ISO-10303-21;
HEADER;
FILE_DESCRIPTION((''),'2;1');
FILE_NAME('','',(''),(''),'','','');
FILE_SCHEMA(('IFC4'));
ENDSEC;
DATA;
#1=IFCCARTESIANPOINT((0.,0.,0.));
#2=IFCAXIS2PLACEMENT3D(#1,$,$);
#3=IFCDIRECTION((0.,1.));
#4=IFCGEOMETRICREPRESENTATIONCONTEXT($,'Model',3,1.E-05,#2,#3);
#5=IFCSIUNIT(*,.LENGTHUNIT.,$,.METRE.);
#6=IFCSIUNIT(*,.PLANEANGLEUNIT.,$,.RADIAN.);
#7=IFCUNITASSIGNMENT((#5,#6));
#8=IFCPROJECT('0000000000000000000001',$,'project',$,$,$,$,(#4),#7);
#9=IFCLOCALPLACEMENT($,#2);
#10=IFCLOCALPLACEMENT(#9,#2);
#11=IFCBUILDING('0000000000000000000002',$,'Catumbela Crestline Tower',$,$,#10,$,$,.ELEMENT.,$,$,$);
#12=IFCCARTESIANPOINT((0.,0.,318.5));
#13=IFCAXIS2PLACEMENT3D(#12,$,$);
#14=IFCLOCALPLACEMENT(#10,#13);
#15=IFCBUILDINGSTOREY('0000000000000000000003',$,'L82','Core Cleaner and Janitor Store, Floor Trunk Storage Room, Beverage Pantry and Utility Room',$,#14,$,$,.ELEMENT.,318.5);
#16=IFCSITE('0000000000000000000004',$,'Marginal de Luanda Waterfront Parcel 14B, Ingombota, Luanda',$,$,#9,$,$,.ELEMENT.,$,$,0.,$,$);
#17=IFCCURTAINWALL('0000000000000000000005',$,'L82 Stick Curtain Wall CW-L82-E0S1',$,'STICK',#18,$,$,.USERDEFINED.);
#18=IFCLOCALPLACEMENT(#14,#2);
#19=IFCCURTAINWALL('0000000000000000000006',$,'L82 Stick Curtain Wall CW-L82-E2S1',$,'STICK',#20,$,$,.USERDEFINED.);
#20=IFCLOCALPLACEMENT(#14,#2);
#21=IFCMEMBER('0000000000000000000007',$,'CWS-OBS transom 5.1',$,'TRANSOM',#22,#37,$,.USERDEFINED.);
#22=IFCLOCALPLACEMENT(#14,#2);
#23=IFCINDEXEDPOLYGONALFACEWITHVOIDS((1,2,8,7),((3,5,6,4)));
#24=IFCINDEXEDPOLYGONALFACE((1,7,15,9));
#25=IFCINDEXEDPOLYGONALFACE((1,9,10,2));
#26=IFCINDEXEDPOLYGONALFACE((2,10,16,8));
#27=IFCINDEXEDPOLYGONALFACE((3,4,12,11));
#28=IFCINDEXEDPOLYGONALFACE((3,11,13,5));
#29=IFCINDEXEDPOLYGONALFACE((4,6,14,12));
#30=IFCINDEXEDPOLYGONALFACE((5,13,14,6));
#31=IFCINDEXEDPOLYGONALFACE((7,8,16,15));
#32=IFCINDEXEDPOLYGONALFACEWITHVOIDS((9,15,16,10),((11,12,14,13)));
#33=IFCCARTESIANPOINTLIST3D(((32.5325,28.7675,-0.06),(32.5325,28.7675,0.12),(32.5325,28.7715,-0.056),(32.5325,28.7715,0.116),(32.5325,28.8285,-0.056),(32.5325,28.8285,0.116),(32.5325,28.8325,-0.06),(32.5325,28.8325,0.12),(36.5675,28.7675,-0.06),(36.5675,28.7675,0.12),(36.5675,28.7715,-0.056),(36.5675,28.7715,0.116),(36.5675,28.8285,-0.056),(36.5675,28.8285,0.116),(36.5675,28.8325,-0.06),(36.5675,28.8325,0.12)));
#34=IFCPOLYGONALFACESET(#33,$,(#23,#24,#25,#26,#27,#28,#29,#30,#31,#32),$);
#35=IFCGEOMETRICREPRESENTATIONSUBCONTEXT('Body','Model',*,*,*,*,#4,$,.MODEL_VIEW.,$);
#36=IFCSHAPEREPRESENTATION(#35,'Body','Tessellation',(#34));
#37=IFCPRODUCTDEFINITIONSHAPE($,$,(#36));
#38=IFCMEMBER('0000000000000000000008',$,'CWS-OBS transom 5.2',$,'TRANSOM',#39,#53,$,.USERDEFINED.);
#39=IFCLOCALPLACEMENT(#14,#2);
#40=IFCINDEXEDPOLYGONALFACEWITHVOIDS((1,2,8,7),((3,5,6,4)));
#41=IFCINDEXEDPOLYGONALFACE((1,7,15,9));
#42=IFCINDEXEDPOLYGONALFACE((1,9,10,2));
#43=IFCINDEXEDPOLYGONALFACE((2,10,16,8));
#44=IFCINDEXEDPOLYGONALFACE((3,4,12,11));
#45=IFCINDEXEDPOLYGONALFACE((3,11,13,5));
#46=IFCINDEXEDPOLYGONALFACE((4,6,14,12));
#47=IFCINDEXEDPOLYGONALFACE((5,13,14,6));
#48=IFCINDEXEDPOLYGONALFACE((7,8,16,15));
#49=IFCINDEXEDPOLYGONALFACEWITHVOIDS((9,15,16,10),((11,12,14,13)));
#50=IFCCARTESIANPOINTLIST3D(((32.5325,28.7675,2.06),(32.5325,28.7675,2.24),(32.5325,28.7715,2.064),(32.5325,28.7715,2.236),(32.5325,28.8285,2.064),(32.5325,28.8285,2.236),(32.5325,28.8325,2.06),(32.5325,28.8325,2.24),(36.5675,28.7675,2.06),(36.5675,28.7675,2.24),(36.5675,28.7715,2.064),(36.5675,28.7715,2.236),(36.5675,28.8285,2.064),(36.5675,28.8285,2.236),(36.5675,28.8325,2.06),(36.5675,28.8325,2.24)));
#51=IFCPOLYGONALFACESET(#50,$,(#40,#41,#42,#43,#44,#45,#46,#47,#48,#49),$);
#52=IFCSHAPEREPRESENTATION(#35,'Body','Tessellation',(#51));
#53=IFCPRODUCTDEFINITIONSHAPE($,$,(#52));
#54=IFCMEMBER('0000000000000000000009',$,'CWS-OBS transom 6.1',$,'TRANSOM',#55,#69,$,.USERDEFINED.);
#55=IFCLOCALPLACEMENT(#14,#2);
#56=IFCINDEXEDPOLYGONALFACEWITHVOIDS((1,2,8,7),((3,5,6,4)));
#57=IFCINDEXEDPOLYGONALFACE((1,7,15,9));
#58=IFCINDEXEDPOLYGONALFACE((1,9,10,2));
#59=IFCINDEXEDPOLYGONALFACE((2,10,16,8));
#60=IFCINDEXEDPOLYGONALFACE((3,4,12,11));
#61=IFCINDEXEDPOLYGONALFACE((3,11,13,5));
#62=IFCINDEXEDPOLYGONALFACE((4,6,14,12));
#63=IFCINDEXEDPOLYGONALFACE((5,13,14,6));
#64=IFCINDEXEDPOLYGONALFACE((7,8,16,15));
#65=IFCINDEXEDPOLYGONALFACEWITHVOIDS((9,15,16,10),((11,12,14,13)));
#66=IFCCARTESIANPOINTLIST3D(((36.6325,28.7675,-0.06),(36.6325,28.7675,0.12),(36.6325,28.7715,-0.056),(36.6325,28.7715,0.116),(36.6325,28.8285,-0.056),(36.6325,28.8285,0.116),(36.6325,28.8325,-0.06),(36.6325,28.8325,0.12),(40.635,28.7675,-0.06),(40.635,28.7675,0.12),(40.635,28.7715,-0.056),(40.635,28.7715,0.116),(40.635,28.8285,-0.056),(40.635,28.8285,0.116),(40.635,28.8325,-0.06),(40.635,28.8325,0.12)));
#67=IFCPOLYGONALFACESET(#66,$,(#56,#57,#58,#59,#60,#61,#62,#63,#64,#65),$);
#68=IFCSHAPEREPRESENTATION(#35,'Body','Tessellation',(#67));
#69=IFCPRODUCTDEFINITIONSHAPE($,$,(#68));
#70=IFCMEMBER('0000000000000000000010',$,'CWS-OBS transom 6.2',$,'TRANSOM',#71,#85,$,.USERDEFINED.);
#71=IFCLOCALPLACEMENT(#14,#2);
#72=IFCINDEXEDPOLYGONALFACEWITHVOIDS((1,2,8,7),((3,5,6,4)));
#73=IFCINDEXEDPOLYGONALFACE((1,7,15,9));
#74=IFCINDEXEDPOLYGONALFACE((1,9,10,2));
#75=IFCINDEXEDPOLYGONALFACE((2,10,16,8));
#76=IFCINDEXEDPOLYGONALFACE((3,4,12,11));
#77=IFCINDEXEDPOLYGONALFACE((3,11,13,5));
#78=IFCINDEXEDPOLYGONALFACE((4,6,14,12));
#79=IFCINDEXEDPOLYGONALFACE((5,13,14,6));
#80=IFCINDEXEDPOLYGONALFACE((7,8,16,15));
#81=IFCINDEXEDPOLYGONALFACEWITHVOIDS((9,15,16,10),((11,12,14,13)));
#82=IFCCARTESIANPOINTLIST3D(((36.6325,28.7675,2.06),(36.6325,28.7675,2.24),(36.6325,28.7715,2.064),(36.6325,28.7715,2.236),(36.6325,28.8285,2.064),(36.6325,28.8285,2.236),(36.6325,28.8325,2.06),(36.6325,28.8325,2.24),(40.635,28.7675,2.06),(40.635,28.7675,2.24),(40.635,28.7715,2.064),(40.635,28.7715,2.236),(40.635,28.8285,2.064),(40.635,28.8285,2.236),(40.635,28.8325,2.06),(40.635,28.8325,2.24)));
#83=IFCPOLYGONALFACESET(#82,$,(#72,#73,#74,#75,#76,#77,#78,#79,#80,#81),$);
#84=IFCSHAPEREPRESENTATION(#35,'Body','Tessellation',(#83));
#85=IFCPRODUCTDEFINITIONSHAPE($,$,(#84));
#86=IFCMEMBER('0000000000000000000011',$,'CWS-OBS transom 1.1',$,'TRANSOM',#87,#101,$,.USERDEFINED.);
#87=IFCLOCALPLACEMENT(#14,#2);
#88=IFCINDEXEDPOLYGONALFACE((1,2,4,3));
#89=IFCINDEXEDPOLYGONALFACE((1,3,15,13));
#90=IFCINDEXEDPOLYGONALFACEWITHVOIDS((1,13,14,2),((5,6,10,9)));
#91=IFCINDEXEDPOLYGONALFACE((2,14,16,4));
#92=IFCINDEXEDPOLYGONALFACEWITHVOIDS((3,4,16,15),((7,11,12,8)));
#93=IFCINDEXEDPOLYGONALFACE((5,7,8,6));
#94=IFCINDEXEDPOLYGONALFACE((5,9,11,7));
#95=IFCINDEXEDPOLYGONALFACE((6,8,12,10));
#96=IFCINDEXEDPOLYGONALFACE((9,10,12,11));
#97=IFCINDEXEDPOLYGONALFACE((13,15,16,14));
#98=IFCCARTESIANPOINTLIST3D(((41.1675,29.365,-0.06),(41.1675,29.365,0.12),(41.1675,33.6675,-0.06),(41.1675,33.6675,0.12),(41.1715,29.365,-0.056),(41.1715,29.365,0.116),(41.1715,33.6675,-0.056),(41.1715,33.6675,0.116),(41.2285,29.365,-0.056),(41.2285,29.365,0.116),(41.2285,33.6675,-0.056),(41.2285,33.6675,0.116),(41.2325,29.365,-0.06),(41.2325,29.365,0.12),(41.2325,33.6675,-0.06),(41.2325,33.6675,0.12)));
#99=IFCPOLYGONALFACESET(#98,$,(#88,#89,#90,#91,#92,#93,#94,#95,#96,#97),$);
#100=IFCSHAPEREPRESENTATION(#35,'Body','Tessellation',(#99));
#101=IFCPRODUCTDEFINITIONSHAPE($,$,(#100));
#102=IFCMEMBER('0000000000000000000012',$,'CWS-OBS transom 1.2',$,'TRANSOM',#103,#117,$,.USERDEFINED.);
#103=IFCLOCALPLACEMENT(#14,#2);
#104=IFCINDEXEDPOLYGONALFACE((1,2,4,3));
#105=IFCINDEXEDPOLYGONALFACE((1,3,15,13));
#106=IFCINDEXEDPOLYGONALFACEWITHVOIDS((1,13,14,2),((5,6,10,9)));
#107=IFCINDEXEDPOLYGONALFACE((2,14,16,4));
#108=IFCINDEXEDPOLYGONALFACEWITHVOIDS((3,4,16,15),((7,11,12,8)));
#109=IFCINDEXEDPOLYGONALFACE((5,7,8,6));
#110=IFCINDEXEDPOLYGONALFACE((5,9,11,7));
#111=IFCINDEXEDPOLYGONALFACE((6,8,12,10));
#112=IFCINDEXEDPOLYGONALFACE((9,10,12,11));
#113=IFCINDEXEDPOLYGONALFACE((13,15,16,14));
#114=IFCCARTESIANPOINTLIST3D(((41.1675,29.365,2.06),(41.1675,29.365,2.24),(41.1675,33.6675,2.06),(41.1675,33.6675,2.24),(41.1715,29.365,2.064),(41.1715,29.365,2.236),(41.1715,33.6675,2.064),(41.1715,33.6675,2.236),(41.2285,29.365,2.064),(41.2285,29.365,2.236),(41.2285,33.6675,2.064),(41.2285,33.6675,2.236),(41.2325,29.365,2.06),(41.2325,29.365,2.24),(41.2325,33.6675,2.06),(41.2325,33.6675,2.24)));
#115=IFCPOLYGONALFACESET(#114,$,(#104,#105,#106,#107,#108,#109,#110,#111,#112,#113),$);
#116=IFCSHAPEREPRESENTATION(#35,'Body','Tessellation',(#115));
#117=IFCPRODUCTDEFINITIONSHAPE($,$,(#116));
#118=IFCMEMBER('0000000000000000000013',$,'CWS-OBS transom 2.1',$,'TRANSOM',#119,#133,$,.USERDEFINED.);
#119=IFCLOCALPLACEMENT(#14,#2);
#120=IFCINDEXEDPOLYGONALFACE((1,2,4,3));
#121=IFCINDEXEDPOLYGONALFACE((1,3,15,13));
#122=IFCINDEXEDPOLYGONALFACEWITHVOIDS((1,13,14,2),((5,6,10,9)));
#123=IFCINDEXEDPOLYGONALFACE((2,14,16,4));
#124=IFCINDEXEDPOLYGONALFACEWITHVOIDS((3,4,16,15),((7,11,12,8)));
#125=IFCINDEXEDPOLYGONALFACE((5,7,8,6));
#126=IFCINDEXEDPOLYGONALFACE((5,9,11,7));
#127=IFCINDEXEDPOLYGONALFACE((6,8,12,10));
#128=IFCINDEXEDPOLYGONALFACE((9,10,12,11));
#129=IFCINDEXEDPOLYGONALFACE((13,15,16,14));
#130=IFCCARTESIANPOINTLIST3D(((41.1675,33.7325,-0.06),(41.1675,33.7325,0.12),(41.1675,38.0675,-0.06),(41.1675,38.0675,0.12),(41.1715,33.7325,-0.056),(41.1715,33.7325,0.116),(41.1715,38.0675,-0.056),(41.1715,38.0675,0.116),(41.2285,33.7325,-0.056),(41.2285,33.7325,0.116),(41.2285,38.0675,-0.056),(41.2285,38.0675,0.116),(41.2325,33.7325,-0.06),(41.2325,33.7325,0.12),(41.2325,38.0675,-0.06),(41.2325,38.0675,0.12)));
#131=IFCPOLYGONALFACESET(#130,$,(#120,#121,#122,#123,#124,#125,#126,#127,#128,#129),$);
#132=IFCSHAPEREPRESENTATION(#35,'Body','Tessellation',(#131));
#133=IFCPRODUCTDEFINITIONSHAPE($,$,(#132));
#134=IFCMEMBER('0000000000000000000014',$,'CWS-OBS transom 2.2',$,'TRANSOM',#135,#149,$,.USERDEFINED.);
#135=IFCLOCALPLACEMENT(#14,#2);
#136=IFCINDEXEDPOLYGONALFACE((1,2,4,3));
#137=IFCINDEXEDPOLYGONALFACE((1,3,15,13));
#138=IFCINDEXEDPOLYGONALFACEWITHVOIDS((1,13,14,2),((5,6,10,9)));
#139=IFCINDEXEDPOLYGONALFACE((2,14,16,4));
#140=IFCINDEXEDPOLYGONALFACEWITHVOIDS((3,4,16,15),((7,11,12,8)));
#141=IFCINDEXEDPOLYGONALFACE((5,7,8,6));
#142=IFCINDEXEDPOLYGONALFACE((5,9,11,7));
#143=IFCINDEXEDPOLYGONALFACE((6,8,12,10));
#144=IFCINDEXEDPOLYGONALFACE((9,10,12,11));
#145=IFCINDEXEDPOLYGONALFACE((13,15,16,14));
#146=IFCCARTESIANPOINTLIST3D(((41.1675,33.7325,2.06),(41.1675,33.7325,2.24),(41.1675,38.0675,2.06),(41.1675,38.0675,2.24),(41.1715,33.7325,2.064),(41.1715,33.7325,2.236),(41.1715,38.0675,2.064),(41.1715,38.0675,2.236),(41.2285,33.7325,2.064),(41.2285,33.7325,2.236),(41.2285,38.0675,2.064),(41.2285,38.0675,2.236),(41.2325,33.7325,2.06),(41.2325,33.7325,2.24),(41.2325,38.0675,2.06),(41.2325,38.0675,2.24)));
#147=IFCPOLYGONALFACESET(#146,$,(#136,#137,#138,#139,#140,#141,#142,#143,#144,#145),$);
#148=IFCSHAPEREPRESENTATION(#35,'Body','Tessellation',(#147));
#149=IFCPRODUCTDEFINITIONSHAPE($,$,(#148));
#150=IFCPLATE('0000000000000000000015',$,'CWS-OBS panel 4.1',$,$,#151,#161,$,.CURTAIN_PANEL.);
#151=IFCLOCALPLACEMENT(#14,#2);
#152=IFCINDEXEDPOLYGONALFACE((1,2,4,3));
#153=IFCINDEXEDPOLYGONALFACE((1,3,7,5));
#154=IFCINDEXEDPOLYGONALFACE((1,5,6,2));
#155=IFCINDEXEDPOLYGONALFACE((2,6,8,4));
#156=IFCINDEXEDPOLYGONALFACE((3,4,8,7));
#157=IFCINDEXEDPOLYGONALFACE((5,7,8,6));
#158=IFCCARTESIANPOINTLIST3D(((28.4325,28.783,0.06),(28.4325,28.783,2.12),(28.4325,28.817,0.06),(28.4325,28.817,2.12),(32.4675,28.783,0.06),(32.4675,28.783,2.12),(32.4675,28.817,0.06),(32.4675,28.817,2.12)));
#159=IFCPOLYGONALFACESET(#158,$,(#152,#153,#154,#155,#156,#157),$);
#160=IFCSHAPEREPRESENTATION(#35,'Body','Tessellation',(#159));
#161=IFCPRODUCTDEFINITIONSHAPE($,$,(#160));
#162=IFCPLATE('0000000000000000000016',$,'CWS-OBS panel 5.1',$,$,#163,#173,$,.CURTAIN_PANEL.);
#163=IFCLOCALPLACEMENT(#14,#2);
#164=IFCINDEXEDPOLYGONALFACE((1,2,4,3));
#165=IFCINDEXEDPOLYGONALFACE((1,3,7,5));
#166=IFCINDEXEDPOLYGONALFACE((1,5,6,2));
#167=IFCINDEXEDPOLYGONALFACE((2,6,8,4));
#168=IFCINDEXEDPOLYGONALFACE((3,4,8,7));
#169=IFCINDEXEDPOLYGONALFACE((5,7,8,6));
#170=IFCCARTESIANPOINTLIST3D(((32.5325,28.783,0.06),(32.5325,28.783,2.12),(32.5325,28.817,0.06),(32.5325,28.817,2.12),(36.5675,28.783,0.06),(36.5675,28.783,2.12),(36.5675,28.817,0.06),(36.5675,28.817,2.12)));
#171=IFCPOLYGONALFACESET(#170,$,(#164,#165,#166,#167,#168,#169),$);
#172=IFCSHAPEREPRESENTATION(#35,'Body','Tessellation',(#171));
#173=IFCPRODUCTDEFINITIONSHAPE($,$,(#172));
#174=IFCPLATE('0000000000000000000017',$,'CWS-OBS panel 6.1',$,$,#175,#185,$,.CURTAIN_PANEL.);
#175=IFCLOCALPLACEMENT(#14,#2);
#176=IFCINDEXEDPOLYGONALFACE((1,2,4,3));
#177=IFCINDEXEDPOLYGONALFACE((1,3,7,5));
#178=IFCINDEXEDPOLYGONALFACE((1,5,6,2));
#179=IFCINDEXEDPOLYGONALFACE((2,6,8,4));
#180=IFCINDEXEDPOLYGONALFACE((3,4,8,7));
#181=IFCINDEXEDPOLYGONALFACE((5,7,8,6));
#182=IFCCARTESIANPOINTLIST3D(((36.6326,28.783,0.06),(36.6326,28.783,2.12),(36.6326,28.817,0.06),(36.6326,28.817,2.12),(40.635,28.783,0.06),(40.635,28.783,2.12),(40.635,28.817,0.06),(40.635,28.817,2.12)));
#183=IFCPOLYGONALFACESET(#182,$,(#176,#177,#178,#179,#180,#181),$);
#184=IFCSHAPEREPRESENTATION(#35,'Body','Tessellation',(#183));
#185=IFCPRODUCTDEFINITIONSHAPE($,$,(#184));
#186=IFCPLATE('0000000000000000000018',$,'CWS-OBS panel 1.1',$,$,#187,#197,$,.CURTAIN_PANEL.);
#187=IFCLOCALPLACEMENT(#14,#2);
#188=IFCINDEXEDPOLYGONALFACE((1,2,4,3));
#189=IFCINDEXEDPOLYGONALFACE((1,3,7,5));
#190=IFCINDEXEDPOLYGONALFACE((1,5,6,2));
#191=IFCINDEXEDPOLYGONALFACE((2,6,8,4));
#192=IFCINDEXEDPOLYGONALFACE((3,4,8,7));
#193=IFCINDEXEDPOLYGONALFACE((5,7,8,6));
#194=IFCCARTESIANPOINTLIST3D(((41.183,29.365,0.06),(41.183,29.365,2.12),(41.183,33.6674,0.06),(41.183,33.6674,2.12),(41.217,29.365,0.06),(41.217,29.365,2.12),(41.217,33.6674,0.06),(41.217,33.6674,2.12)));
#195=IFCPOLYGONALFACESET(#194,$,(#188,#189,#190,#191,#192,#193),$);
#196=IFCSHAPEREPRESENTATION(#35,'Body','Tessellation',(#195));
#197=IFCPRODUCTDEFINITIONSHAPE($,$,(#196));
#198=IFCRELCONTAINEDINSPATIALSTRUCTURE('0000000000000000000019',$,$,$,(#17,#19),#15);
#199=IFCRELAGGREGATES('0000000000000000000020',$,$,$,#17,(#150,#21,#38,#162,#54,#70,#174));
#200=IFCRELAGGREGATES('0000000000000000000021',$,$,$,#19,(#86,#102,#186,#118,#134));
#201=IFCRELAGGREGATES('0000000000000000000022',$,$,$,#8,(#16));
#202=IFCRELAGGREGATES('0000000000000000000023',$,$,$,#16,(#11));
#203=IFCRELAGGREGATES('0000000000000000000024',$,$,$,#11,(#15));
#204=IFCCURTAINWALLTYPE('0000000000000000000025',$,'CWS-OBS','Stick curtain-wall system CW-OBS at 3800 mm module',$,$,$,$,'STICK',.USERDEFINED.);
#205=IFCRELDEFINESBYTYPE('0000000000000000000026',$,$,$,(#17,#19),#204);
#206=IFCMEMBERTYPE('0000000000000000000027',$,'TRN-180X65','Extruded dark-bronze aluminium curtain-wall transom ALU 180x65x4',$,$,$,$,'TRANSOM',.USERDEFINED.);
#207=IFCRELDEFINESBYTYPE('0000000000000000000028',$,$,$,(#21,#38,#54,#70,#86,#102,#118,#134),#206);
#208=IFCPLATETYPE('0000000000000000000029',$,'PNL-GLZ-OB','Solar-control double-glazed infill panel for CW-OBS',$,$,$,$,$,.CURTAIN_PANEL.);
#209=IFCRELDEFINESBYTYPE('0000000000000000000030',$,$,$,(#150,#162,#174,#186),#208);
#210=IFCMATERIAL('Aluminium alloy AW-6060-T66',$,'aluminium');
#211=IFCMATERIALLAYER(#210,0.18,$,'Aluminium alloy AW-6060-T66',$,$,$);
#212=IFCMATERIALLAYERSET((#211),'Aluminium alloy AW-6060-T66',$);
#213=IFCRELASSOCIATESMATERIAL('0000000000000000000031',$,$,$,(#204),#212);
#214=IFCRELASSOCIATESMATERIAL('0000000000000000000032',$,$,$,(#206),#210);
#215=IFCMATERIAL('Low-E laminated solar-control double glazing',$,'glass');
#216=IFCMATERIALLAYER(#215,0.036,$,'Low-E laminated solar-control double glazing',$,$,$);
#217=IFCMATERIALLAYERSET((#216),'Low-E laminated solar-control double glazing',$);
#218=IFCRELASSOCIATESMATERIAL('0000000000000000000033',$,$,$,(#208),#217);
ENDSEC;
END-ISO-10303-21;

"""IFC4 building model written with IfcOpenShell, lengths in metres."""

from ifc_helpers import new_model, si_unit, direction, frame, origin, origin_2d, place, context, subcontext, project, spatial, rectangle, hollow_rectangle, extrude, material, layer, layer_set, material_profile, profile_set, type_object, element, aggregate, save


model = new_model("IFC4")

# Units and contexts
model_context = context("Model", 3, precision=1e-05, world=origin(), true_north=direction((0.0, 1.0)))
body_context = subcontext(model_context, "Body", "Model", "MODEL_VIEW")
ifc_project = project(units=[si_unit("LENGTHUNIT", "METRE"), si_unit("PLANEANGLEUNIT", "RADIAN")], contexts=[model_context])

# Site, building, storey
site_placement = place(None, origin())
site = spatial("IfcSite", under=ifc_project, at=site_placement, Name="Marginal de Luanda Waterfront Parcel 14B, Ingombota, Luanda", CompositionType="ELEMENT", RefElevation=0.0)
building_placement = place(site_placement, origin())
building = spatial("IfcBuilding", under=site, at=building_placement, Name="Catumbela Crestline Tower", CompositionType="ELEMENT")
storey_placement = place(building_placement, frame((0.0, 0.0, 318.5)))
storey = spatial("IfcBuildingStorey", under=building, at=storey_placement, Name="L82", Description="Core Cleaner and Janitor Store, Floor Trunk Storage Room, Beverage Pantry and Utility Room", CompositionType="ELEMENT", Elevation=318.5)

# Curtain walls
ifc_material_1 = material(Name="Aluminium alloy AW-6060-T66", Category="aluminium")
ifc_layer_1 = layer(ifc_material_1, 0.18, Name="Aluminium alloy AW-6060-T66")
ifc_layer_set_1 = layer_set([ifc_layer_1], Name="Aluminium alloy AW-6060-T66")
curtain_wall_type = type_object("IfcCurtainWallType", Name="CWS-OBS", Description="Stick curtain-wall system CW-OBS at 3800 mm module", ElementType="STICK", PredefinedType="USERDEFINED", material=ifc_layer_set_1)
curtain_wall_1_placement = place(storey_placement, origin())
curtain_wall_1 = element("IfcCurtainWall", 1, at=curtain_wall_1_placement, inside=storey, type_object=curtain_wall_type, Name="L82 Stick Curtain Wall CW-L82-E0S1", ObjectType="STICK", PredefinedType="USERDEFINED")
curtain_wall_2_placement = place(storey_placement, origin())
curtain_wall_2 = element("IfcCurtainWall", 2, at=curtain_wall_2_placement, inside=storey, type_object=curtain_wall_type, Name="L82 Stick Curtain Wall CW-L82-E2S1", ObjectType="STICK", PredefinedType="USERDEFINED")

# Members
ifc_material_profile_1 = material_profile(ifc_material_1, hollow_rectangle(XDim=0.065, YDim=0.18, WallThickness=0.004, at=origin_2d()), Name="ALU 180x65x4")
ifc_profile_set_1 = profile_set([ifc_material_profile_1], Name="Aluminium alloy AW-6060-T66")
member_type_1 = type_object("IfcMemberType", Name="TRN-180X65", Description="Extruded dark-bronze aluminium curtain-wall transom ALU 180x65x4", ElementType="TRANSOM", PredefinedType="USERDEFINED", material=ifc_profile_set_1)
member_1_placement = place(storey_placement, frame((32.5325, 28.8, 0.03), z_axis=(1.0, 0.0, 0.0), x_axis=(0.0, 1.0, 0.0)))
member_1 = element("IfcMember", 3, at=member_1_placement, type_object=member_type_1, Name="CWS-OBS transom 5.1", ObjectType="TRANSOM", PredefinedType="USERDEFINED", context=body_context, shape_type="SweptSolid", body=[
    extrude(hollow_rectangle(XDim=0.065, YDim=0.18, WallThickness=0.004, at=origin_2d()), origin(), (0.0, 0.0, 1.0), 4.035),
])
member_2_placement = place(storey_placement, frame((32.5325, 28.8, 2.15), z_axis=(1.0, 0.0, 0.0), x_axis=(0.0, 1.0, 0.0)))
member_2 = element("IfcMember", 4, at=member_2_placement, type_object=member_type_1, Name="CWS-OBS transom 5.2", ObjectType="TRANSOM", PredefinedType="USERDEFINED", context=body_context, shape_type="SweptSolid", body=[
    extrude(hollow_rectangle(XDim=0.065, YDim=0.18, WallThickness=0.004, at=origin_2d()), origin(), (0.0, 0.0, 1.0), 4.035),
])
member_3_placement = place(storey_placement, frame((36.6325, 28.8, 0.03), z_axis=(1.0, 0.0, 0.0), x_axis=(0.0, 1.0, 0.0)))
member_3 = element("IfcMember", 5, at=member_3_placement, type_object=member_type_1, Name="CWS-OBS transom 6.1", ObjectType="TRANSOM", PredefinedType="USERDEFINED", context=body_context, shape_type="SweptSolid", body=[
    extrude(hollow_rectangle(XDim=0.065, YDim=0.18, WallThickness=0.004, at=origin_2d()), origin(), (0.0, 0.0, 1.0), 4.0025),
])
member_4_placement = place(storey_placement, frame((36.6325, 28.8, 2.15), z_axis=(1.0, 0.0, 0.0), x_axis=(0.0, 1.0, 0.0)))
member_4 = element("IfcMember", 6, at=member_4_placement, type_object=member_type_1, Name="CWS-OBS transom 6.2", ObjectType="TRANSOM", PredefinedType="USERDEFINED", context=body_context, shape_type="SweptSolid", body=[
    extrude(hollow_rectangle(XDim=0.065, YDim=0.18, WallThickness=0.004, at=origin_2d()), origin(), (0.0, 0.0, 1.0), 4.0025),
])
member_5_placement = place(storey_placement, frame((41.2, 29.365, 0.03), z_axis=(0.0, 1.0, 0.0), x_axis=(-1.0, 0.0, 0.0)))
member_5 = element("IfcMember", 7, at=member_5_placement, type_object=member_type_1, Name="CWS-OBS transom 1.1", ObjectType="TRANSOM", PredefinedType="USERDEFINED", context=body_context, shape_type="SweptSolid", body=[
    extrude(hollow_rectangle(XDim=0.065, YDim=0.18, WallThickness=0.004, at=origin_2d()), origin(), (0.0, 0.0, 1.0), 4.3025),
])
member_6_placement = place(storey_placement, frame((41.2, 29.365, 2.15), z_axis=(0.0, 1.0, 0.0), x_axis=(-1.0, 0.0, 0.0)))
member_6 = element("IfcMember", 8, at=member_6_placement, type_object=member_type_1, Name="CWS-OBS transom 1.2", ObjectType="TRANSOM", PredefinedType="USERDEFINED", context=body_context, shape_type="SweptSolid", body=[
    extrude(hollow_rectangle(XDim=0.065, YDim=0.18, WallThickness=0.004, at=origin_2d()), origin(), (0.0, 0.0, 1.0), 4.3025),
])
member_7_placement = place(storey_placement, frame((41.2, 33.7325, 0.03), z_axis=(0.0, 1.0, 0.0), x_axis=(-1.0, 0.0, 0.0)))
member_7 = element("IfcMember", 9, at=member_7_placement, type_object=member_type_1, Name="CWS-OBS transom 2.1", ObjectType="TRANSOM", PredefinedType="USERDEFINED", context=body_context, shape_type="SweptSolid", body=[
    extrude(hollow_rectangle(XDim=0.065, YDim=0.18, WallThickness=0.004, at=origin_2d()), origin(), (0.0, 0.0, 1.0), 4.335),
])
member_8_placement = place(storey_placement, frame((41.2, 33.7325, 2.15), z_axis=(0.0, 1.0, 0.0), x_axis=(-1.0, 0.0, 0.0)))
member_8 = element("IfcMember", 10, at=member_8_placement, type_object=member_type_1, Name="CWS-OBS transom 2.2", ObjectType="TRANSOM", PredefinedType="USERDEFINED", context=body_context, shape_type="SweptSolid", body=[
    extrude(hollow_rectangle(XDim=0.065, YDim=0.18, WallThickness=0.004, at=origin_2d()), origin(), (0.0, 0.0, 1.0), 4.335),
])

# Plates
ifc_material_2 = material(Name="Low-E laminated solar-control double glazing", Category="glass")
ifc_layer_2 = layer(ifc_material_2, 0.036, Name="Low-E laminated solar-control double glazing")
ifc_layer_set_2 = layer_set([ifc_layer_2], Name="Low-E laminated solar-control double glazing")
plate_type = type_object("IfcPlateType", Name="PNL-GLZ-OB", Description="Solar-control double-glazed infill panel for CW-OBS", PredefinedType="CURTAIN_PANEL", material=ifc_layer_set_2)
plate_1_placement = place(storey_placement, frame((30.45, 28.8, 0.06), z_axis=(0.0, 0.0, 1.0), x_axis=(1.0, 0.0, 0.0)))
plate_1 = element("IfcPlate", 11, at=plate_1_placement, type_object=plate_type, Name="CWS-OBS panel 4.1", PredefinedType="CURTAIN_PANEL", context=body_context, shape_type="SweptSolid", body=[
    extrude(rectangle(XDim=4.035, YDim=0.034, at=origin_2d()), origin(), (0.0, 0.0, 1.0), 2.06),
])
plate_2_placement = place(storey_placement, frame((34.55, 28.8, 0.06), z_axis=(0.0, 0.0, 1.0), x_axis=(1.0, 0.0, 0.0)))
plate_2 = element("IfcPlate", 12, at=plate_2_placement, type_object=plate_type, Name="CWS-OBS panel 5.1", PredefinedType="CURTAIN_PANEL", context=body_context, shape_type="SweptSolid", body=[
    extrude(rectangle(XDim=4.035, YDim=0.034, at=origin_2d()), origin(), (0.0, 0.0, 1.0), 2.06),
])
plate_3_placement = place(storey_placement, frame((38.6338, 28.8, 0.06), z_axis=(0.0, 0.0, 1.0), x_axis=(1.0, 0.0, 0.0)))
plate_3 = element("IfcPlate", 13, at=plate_3_placement, type_object=plate_type, Name="CWS-OBS panel 6.1", PredefinedType="CURTAIN_PANEL", context=body_context, shape_type="SweptSolid", body=[
    extrude(rectangle(XDim=4.0025, YDim=0.034, at=origin_2d()), origin(), (0.0, 0.0, 1.0), 2.06),
])
aggregate(curtain_wall_1, [plate_1, member_1, member_2, plate_2, member_3, member_4, plate_3])
plate_4_placement = place(storey_placement, frame((41.2, 31.5162, 0.06), z_axis=(0.0, 0.0, 1.0), x_axis=(0.0, 1.0, 0.0)))
plate_4 = element("IfcPlate", 14, at=plate_4_placement, type_object=plate_type, Name="CWS-OBS panel 1.1", PredefinedType="CURTAIN_PANEL", context=body_context, shape_type="SweptSolid", body=[
    extrude(rectangle(XDim=4.3025, YDim=0.034, at=origin_2d()), origin(), (0.0, 0.0, 1.0), 2.06),
])
aggregate(curtain_wall_2, [member_5, member_6, plate_4, member_7, member_8])

save(model, "model.ifc")
